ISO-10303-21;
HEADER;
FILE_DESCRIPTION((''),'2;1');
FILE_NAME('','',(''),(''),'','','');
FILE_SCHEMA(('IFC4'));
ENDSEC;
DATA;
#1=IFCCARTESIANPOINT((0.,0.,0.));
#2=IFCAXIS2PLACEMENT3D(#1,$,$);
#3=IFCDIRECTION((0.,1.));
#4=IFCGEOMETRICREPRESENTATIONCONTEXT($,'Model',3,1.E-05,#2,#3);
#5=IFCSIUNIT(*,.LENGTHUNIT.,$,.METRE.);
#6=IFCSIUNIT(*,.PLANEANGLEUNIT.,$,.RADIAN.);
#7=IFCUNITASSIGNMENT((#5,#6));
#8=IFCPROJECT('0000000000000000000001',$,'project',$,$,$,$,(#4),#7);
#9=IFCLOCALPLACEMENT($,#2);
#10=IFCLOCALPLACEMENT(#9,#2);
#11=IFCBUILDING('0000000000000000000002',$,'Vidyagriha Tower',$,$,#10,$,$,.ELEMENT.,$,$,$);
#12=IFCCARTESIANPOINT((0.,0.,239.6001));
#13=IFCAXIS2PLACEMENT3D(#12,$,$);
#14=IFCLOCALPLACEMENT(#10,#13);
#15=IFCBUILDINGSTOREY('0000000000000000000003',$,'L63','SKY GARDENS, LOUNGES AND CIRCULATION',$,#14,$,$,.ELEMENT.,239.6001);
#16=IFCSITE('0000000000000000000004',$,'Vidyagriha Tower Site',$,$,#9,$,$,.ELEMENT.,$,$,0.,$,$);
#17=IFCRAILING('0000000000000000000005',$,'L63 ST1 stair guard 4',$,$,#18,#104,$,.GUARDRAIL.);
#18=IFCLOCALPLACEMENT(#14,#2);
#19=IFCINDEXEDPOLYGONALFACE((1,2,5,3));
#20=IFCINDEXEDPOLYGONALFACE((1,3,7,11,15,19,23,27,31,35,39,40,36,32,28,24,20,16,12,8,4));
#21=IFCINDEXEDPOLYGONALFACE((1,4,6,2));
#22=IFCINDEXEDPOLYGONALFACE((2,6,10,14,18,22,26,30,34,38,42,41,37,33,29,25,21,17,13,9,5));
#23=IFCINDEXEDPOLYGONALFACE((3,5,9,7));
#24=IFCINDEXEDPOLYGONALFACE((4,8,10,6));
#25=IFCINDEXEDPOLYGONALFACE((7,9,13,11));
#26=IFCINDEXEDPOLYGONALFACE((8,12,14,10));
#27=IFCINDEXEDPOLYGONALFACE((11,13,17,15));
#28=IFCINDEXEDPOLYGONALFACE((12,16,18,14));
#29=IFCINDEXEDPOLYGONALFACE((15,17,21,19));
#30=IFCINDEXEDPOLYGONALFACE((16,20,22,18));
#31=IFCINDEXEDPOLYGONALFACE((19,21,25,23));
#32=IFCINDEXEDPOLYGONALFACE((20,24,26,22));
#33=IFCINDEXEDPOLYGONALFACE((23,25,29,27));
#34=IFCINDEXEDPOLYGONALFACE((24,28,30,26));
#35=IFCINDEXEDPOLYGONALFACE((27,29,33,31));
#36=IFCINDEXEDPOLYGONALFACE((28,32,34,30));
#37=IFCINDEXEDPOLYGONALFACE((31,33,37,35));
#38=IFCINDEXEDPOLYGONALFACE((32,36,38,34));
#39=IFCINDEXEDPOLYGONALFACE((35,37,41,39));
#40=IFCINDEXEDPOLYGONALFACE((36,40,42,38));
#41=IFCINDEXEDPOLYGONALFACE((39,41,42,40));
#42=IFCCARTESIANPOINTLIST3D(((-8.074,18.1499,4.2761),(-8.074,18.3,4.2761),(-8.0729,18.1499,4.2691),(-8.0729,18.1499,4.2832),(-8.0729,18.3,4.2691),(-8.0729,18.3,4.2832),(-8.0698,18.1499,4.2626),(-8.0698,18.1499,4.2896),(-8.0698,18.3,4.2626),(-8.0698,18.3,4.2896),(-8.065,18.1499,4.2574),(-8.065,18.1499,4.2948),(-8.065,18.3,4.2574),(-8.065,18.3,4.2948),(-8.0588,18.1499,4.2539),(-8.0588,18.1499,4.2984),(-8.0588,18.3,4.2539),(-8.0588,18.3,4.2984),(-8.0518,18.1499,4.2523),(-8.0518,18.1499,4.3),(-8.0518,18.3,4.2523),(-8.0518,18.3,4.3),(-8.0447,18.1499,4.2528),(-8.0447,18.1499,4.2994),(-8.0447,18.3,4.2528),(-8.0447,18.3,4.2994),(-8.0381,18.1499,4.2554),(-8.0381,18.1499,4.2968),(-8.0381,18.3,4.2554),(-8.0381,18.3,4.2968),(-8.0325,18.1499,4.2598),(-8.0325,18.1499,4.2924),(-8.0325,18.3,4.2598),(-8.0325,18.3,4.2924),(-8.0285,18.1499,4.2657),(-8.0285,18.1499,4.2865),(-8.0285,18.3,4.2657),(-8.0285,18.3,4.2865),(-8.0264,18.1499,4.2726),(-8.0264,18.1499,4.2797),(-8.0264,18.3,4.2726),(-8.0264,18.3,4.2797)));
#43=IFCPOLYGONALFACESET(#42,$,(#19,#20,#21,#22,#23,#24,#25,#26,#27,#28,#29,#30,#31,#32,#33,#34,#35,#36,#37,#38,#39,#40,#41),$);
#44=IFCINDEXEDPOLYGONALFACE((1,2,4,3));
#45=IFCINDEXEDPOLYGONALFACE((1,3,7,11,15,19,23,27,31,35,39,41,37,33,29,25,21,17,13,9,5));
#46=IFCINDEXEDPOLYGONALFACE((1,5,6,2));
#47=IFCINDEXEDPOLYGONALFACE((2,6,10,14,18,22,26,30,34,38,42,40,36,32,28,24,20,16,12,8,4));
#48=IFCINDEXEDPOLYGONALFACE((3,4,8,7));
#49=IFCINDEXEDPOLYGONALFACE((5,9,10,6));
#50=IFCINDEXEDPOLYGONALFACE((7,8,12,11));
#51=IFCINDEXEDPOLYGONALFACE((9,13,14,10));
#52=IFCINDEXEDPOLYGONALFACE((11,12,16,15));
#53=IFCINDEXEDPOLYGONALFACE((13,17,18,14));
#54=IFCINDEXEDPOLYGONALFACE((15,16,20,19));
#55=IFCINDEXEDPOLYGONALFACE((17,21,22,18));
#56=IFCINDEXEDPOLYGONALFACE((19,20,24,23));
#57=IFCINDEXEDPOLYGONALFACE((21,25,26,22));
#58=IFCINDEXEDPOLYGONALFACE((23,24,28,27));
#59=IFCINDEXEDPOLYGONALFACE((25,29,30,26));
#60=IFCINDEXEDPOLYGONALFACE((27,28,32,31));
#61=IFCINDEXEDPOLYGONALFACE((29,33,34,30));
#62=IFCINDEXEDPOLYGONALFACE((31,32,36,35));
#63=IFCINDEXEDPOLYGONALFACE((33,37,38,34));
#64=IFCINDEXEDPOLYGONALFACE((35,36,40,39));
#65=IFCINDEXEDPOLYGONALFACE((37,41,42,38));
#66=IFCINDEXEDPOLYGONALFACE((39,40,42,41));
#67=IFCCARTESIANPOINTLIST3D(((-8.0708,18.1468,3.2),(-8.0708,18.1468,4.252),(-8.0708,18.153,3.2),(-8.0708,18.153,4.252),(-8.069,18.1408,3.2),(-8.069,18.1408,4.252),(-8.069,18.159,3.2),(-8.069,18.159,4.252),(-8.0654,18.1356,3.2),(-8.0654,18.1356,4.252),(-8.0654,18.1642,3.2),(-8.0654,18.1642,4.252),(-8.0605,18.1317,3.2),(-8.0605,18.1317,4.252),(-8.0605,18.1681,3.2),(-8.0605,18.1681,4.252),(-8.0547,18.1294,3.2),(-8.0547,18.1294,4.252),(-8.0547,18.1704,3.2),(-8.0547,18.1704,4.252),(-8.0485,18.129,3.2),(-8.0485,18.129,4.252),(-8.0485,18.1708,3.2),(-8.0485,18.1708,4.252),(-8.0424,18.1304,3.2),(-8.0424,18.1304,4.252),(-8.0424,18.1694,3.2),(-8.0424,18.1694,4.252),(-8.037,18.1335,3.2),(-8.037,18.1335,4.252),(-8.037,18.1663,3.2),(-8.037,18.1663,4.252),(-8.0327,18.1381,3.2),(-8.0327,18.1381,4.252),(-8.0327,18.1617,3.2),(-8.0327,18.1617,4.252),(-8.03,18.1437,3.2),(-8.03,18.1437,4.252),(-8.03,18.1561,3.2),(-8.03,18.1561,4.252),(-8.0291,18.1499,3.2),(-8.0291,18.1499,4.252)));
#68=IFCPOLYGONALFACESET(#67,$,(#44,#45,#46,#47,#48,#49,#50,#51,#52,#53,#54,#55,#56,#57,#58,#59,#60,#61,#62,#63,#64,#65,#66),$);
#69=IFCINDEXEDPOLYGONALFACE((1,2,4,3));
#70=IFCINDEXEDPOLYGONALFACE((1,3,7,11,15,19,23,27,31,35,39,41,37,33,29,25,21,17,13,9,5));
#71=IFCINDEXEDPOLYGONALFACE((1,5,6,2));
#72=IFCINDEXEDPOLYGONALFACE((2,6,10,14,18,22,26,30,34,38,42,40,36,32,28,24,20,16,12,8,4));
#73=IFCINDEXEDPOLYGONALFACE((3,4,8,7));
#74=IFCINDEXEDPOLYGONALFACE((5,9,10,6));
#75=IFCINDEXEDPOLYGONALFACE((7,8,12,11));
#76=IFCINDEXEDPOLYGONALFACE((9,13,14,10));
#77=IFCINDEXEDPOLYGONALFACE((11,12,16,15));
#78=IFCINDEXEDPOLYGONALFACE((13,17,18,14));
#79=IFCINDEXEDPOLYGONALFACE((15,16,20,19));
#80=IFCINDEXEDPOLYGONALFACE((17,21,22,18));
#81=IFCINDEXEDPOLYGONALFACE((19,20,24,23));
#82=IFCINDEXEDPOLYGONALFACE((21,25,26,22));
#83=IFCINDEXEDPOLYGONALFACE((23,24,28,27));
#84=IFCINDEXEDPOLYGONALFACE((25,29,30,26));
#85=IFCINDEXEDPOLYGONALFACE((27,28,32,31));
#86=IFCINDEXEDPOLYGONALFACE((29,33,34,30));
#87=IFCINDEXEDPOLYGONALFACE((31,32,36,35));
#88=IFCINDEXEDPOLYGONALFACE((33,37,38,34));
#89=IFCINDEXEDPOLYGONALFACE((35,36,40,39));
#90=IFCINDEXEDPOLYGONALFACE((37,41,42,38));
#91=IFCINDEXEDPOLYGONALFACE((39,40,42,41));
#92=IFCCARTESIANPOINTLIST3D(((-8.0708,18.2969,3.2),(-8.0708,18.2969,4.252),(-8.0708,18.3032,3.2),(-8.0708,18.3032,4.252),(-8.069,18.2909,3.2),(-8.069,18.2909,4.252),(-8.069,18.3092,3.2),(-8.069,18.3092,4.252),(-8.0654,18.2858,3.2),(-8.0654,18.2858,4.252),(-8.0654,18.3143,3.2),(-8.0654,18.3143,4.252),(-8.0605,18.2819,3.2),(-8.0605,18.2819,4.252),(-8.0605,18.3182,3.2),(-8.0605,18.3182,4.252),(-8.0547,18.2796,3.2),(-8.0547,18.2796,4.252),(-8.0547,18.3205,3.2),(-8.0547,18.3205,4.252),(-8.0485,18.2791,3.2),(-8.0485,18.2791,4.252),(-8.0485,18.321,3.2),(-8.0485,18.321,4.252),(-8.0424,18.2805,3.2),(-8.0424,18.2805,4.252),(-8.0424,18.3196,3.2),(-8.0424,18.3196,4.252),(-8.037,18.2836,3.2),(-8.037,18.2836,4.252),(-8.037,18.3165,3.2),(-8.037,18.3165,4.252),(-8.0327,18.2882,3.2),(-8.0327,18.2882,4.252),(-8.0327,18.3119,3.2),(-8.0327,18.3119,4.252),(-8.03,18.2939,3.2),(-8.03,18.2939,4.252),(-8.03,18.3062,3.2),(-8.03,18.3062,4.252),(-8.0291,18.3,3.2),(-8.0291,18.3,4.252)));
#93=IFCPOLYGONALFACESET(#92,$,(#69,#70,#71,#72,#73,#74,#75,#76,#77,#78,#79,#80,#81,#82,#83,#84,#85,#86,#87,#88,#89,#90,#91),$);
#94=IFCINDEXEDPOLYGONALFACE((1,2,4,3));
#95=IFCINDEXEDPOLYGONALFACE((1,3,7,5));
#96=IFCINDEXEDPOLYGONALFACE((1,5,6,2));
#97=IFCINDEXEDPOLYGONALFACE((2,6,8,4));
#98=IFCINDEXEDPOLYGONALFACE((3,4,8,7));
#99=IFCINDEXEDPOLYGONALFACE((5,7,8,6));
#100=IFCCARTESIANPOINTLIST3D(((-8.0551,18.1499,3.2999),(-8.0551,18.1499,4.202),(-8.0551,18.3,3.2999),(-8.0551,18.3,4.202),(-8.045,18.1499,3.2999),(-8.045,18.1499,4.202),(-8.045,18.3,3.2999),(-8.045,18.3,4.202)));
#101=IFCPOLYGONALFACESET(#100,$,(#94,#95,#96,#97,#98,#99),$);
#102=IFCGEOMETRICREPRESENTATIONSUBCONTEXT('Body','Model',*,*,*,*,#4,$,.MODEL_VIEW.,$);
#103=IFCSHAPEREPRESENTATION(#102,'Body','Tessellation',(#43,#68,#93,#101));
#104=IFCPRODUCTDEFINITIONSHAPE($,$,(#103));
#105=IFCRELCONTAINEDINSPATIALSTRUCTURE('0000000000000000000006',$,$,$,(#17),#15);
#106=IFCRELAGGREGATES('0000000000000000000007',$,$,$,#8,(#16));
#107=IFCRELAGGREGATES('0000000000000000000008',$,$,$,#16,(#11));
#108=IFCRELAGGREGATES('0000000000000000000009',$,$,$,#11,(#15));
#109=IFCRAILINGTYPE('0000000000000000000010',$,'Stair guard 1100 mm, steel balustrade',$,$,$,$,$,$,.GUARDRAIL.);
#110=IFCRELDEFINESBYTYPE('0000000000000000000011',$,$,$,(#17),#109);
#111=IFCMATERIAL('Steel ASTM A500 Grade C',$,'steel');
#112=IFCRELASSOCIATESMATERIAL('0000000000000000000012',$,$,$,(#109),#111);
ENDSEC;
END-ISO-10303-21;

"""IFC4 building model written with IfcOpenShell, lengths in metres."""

from ifc_helpers import new_model, si_unit, direction, frame, origin, origin_2d, place, context, subcontext, project, spatial, rectangle, circle, extrude, material, type_object, element, save


model = new_model("IFC4")

# Units and contexts
model_context = context("Model", 3, precision=1e-05, world=origin(), true_north=direction((0.0, 1.0)))
body_context = subcontext(model_context, "Body", "Model", "MODEL_VIEW")
ifc_project = project(units=[si_unit("LENGTHUNIT", "METRE"), si_unit("PLANEANGLEUNIT", "RADIAN")], contexts=[model_context])

# Site, building, storey
site_placement = place(None, origin())
site = spatial("IfcSite", under=ifc_project, at=site_placement, Name="Vidyagriha Tower Site", CompositionType="ELEMENT", RefElevation=0.0)
building_placement = place(site_placement, origin())
building = spatial("IfcBuilding", under=site, at=building_placement, Name="Vidyagriha Tower", CompositionType="ELEMENT")
storey_placement = place(building_placement, frame((0.0, 0.0, 239.6001)))
storey = spatial("IfcBuildingStorey", under=building, at=storey_placement, Name="L63", Description="SKY GARDENS, LOUNGES AND CIRCULATION", CompositionType="ELEMENT", Elevation=239.6001)

# Railing
ifc_material_1 = material(Name="Steel ASTM A500 Grade C", Category="steel")
railing_type_1 = type_object("IfcRailingType", Name="Stair guard 1100 mm, steel balustrade", PredefinedType="GUARDRAIL", material=ifc_material_1)
railing_1_placement = place(storey_placement, frame((-8.05, 18.1499, 3.2)))
element("IfcRailing", 1, at=railing_1_placement, inside=storey, type_object=railing_type_1, Name="L63 ST1 stair guard 4", PredefinedType="GUARDRAIL", context=body_context, shape_type="SweptSolid", body=[
    extrude(circle(Radius=0.0239, at=origin_2d()), frame((0.0, 0.0, 1.0762), z_axis=(0.0, 1.0, 0.0), x_axis=(-1.0, 0.0, 0.0)), (0.0, 0.0, 1.0), 0.1501),
    extrude(circle(Radius=0.021, at=origin_2d()), origin(), (0.0, 0.0, 1.0), 1.052),
    extrude(circle(Radius=0.021, at=origin_2d()), frame((0.0, 0.1501, 0.0)), (0.0, 0.0, 1.0), 1.052),
    extrude(rectangle(XDim=0.01, YDim=0.9021, at=origin_2d()), frame((0.0, 0.0, 0.551), z_axis=(0.0, 1.0, 0.0), x_axis=(-1.0, 0.0, 0.0)), (0.0, 0.0, 1.0), 0.1501),
])

save(model, "model.ifc")
